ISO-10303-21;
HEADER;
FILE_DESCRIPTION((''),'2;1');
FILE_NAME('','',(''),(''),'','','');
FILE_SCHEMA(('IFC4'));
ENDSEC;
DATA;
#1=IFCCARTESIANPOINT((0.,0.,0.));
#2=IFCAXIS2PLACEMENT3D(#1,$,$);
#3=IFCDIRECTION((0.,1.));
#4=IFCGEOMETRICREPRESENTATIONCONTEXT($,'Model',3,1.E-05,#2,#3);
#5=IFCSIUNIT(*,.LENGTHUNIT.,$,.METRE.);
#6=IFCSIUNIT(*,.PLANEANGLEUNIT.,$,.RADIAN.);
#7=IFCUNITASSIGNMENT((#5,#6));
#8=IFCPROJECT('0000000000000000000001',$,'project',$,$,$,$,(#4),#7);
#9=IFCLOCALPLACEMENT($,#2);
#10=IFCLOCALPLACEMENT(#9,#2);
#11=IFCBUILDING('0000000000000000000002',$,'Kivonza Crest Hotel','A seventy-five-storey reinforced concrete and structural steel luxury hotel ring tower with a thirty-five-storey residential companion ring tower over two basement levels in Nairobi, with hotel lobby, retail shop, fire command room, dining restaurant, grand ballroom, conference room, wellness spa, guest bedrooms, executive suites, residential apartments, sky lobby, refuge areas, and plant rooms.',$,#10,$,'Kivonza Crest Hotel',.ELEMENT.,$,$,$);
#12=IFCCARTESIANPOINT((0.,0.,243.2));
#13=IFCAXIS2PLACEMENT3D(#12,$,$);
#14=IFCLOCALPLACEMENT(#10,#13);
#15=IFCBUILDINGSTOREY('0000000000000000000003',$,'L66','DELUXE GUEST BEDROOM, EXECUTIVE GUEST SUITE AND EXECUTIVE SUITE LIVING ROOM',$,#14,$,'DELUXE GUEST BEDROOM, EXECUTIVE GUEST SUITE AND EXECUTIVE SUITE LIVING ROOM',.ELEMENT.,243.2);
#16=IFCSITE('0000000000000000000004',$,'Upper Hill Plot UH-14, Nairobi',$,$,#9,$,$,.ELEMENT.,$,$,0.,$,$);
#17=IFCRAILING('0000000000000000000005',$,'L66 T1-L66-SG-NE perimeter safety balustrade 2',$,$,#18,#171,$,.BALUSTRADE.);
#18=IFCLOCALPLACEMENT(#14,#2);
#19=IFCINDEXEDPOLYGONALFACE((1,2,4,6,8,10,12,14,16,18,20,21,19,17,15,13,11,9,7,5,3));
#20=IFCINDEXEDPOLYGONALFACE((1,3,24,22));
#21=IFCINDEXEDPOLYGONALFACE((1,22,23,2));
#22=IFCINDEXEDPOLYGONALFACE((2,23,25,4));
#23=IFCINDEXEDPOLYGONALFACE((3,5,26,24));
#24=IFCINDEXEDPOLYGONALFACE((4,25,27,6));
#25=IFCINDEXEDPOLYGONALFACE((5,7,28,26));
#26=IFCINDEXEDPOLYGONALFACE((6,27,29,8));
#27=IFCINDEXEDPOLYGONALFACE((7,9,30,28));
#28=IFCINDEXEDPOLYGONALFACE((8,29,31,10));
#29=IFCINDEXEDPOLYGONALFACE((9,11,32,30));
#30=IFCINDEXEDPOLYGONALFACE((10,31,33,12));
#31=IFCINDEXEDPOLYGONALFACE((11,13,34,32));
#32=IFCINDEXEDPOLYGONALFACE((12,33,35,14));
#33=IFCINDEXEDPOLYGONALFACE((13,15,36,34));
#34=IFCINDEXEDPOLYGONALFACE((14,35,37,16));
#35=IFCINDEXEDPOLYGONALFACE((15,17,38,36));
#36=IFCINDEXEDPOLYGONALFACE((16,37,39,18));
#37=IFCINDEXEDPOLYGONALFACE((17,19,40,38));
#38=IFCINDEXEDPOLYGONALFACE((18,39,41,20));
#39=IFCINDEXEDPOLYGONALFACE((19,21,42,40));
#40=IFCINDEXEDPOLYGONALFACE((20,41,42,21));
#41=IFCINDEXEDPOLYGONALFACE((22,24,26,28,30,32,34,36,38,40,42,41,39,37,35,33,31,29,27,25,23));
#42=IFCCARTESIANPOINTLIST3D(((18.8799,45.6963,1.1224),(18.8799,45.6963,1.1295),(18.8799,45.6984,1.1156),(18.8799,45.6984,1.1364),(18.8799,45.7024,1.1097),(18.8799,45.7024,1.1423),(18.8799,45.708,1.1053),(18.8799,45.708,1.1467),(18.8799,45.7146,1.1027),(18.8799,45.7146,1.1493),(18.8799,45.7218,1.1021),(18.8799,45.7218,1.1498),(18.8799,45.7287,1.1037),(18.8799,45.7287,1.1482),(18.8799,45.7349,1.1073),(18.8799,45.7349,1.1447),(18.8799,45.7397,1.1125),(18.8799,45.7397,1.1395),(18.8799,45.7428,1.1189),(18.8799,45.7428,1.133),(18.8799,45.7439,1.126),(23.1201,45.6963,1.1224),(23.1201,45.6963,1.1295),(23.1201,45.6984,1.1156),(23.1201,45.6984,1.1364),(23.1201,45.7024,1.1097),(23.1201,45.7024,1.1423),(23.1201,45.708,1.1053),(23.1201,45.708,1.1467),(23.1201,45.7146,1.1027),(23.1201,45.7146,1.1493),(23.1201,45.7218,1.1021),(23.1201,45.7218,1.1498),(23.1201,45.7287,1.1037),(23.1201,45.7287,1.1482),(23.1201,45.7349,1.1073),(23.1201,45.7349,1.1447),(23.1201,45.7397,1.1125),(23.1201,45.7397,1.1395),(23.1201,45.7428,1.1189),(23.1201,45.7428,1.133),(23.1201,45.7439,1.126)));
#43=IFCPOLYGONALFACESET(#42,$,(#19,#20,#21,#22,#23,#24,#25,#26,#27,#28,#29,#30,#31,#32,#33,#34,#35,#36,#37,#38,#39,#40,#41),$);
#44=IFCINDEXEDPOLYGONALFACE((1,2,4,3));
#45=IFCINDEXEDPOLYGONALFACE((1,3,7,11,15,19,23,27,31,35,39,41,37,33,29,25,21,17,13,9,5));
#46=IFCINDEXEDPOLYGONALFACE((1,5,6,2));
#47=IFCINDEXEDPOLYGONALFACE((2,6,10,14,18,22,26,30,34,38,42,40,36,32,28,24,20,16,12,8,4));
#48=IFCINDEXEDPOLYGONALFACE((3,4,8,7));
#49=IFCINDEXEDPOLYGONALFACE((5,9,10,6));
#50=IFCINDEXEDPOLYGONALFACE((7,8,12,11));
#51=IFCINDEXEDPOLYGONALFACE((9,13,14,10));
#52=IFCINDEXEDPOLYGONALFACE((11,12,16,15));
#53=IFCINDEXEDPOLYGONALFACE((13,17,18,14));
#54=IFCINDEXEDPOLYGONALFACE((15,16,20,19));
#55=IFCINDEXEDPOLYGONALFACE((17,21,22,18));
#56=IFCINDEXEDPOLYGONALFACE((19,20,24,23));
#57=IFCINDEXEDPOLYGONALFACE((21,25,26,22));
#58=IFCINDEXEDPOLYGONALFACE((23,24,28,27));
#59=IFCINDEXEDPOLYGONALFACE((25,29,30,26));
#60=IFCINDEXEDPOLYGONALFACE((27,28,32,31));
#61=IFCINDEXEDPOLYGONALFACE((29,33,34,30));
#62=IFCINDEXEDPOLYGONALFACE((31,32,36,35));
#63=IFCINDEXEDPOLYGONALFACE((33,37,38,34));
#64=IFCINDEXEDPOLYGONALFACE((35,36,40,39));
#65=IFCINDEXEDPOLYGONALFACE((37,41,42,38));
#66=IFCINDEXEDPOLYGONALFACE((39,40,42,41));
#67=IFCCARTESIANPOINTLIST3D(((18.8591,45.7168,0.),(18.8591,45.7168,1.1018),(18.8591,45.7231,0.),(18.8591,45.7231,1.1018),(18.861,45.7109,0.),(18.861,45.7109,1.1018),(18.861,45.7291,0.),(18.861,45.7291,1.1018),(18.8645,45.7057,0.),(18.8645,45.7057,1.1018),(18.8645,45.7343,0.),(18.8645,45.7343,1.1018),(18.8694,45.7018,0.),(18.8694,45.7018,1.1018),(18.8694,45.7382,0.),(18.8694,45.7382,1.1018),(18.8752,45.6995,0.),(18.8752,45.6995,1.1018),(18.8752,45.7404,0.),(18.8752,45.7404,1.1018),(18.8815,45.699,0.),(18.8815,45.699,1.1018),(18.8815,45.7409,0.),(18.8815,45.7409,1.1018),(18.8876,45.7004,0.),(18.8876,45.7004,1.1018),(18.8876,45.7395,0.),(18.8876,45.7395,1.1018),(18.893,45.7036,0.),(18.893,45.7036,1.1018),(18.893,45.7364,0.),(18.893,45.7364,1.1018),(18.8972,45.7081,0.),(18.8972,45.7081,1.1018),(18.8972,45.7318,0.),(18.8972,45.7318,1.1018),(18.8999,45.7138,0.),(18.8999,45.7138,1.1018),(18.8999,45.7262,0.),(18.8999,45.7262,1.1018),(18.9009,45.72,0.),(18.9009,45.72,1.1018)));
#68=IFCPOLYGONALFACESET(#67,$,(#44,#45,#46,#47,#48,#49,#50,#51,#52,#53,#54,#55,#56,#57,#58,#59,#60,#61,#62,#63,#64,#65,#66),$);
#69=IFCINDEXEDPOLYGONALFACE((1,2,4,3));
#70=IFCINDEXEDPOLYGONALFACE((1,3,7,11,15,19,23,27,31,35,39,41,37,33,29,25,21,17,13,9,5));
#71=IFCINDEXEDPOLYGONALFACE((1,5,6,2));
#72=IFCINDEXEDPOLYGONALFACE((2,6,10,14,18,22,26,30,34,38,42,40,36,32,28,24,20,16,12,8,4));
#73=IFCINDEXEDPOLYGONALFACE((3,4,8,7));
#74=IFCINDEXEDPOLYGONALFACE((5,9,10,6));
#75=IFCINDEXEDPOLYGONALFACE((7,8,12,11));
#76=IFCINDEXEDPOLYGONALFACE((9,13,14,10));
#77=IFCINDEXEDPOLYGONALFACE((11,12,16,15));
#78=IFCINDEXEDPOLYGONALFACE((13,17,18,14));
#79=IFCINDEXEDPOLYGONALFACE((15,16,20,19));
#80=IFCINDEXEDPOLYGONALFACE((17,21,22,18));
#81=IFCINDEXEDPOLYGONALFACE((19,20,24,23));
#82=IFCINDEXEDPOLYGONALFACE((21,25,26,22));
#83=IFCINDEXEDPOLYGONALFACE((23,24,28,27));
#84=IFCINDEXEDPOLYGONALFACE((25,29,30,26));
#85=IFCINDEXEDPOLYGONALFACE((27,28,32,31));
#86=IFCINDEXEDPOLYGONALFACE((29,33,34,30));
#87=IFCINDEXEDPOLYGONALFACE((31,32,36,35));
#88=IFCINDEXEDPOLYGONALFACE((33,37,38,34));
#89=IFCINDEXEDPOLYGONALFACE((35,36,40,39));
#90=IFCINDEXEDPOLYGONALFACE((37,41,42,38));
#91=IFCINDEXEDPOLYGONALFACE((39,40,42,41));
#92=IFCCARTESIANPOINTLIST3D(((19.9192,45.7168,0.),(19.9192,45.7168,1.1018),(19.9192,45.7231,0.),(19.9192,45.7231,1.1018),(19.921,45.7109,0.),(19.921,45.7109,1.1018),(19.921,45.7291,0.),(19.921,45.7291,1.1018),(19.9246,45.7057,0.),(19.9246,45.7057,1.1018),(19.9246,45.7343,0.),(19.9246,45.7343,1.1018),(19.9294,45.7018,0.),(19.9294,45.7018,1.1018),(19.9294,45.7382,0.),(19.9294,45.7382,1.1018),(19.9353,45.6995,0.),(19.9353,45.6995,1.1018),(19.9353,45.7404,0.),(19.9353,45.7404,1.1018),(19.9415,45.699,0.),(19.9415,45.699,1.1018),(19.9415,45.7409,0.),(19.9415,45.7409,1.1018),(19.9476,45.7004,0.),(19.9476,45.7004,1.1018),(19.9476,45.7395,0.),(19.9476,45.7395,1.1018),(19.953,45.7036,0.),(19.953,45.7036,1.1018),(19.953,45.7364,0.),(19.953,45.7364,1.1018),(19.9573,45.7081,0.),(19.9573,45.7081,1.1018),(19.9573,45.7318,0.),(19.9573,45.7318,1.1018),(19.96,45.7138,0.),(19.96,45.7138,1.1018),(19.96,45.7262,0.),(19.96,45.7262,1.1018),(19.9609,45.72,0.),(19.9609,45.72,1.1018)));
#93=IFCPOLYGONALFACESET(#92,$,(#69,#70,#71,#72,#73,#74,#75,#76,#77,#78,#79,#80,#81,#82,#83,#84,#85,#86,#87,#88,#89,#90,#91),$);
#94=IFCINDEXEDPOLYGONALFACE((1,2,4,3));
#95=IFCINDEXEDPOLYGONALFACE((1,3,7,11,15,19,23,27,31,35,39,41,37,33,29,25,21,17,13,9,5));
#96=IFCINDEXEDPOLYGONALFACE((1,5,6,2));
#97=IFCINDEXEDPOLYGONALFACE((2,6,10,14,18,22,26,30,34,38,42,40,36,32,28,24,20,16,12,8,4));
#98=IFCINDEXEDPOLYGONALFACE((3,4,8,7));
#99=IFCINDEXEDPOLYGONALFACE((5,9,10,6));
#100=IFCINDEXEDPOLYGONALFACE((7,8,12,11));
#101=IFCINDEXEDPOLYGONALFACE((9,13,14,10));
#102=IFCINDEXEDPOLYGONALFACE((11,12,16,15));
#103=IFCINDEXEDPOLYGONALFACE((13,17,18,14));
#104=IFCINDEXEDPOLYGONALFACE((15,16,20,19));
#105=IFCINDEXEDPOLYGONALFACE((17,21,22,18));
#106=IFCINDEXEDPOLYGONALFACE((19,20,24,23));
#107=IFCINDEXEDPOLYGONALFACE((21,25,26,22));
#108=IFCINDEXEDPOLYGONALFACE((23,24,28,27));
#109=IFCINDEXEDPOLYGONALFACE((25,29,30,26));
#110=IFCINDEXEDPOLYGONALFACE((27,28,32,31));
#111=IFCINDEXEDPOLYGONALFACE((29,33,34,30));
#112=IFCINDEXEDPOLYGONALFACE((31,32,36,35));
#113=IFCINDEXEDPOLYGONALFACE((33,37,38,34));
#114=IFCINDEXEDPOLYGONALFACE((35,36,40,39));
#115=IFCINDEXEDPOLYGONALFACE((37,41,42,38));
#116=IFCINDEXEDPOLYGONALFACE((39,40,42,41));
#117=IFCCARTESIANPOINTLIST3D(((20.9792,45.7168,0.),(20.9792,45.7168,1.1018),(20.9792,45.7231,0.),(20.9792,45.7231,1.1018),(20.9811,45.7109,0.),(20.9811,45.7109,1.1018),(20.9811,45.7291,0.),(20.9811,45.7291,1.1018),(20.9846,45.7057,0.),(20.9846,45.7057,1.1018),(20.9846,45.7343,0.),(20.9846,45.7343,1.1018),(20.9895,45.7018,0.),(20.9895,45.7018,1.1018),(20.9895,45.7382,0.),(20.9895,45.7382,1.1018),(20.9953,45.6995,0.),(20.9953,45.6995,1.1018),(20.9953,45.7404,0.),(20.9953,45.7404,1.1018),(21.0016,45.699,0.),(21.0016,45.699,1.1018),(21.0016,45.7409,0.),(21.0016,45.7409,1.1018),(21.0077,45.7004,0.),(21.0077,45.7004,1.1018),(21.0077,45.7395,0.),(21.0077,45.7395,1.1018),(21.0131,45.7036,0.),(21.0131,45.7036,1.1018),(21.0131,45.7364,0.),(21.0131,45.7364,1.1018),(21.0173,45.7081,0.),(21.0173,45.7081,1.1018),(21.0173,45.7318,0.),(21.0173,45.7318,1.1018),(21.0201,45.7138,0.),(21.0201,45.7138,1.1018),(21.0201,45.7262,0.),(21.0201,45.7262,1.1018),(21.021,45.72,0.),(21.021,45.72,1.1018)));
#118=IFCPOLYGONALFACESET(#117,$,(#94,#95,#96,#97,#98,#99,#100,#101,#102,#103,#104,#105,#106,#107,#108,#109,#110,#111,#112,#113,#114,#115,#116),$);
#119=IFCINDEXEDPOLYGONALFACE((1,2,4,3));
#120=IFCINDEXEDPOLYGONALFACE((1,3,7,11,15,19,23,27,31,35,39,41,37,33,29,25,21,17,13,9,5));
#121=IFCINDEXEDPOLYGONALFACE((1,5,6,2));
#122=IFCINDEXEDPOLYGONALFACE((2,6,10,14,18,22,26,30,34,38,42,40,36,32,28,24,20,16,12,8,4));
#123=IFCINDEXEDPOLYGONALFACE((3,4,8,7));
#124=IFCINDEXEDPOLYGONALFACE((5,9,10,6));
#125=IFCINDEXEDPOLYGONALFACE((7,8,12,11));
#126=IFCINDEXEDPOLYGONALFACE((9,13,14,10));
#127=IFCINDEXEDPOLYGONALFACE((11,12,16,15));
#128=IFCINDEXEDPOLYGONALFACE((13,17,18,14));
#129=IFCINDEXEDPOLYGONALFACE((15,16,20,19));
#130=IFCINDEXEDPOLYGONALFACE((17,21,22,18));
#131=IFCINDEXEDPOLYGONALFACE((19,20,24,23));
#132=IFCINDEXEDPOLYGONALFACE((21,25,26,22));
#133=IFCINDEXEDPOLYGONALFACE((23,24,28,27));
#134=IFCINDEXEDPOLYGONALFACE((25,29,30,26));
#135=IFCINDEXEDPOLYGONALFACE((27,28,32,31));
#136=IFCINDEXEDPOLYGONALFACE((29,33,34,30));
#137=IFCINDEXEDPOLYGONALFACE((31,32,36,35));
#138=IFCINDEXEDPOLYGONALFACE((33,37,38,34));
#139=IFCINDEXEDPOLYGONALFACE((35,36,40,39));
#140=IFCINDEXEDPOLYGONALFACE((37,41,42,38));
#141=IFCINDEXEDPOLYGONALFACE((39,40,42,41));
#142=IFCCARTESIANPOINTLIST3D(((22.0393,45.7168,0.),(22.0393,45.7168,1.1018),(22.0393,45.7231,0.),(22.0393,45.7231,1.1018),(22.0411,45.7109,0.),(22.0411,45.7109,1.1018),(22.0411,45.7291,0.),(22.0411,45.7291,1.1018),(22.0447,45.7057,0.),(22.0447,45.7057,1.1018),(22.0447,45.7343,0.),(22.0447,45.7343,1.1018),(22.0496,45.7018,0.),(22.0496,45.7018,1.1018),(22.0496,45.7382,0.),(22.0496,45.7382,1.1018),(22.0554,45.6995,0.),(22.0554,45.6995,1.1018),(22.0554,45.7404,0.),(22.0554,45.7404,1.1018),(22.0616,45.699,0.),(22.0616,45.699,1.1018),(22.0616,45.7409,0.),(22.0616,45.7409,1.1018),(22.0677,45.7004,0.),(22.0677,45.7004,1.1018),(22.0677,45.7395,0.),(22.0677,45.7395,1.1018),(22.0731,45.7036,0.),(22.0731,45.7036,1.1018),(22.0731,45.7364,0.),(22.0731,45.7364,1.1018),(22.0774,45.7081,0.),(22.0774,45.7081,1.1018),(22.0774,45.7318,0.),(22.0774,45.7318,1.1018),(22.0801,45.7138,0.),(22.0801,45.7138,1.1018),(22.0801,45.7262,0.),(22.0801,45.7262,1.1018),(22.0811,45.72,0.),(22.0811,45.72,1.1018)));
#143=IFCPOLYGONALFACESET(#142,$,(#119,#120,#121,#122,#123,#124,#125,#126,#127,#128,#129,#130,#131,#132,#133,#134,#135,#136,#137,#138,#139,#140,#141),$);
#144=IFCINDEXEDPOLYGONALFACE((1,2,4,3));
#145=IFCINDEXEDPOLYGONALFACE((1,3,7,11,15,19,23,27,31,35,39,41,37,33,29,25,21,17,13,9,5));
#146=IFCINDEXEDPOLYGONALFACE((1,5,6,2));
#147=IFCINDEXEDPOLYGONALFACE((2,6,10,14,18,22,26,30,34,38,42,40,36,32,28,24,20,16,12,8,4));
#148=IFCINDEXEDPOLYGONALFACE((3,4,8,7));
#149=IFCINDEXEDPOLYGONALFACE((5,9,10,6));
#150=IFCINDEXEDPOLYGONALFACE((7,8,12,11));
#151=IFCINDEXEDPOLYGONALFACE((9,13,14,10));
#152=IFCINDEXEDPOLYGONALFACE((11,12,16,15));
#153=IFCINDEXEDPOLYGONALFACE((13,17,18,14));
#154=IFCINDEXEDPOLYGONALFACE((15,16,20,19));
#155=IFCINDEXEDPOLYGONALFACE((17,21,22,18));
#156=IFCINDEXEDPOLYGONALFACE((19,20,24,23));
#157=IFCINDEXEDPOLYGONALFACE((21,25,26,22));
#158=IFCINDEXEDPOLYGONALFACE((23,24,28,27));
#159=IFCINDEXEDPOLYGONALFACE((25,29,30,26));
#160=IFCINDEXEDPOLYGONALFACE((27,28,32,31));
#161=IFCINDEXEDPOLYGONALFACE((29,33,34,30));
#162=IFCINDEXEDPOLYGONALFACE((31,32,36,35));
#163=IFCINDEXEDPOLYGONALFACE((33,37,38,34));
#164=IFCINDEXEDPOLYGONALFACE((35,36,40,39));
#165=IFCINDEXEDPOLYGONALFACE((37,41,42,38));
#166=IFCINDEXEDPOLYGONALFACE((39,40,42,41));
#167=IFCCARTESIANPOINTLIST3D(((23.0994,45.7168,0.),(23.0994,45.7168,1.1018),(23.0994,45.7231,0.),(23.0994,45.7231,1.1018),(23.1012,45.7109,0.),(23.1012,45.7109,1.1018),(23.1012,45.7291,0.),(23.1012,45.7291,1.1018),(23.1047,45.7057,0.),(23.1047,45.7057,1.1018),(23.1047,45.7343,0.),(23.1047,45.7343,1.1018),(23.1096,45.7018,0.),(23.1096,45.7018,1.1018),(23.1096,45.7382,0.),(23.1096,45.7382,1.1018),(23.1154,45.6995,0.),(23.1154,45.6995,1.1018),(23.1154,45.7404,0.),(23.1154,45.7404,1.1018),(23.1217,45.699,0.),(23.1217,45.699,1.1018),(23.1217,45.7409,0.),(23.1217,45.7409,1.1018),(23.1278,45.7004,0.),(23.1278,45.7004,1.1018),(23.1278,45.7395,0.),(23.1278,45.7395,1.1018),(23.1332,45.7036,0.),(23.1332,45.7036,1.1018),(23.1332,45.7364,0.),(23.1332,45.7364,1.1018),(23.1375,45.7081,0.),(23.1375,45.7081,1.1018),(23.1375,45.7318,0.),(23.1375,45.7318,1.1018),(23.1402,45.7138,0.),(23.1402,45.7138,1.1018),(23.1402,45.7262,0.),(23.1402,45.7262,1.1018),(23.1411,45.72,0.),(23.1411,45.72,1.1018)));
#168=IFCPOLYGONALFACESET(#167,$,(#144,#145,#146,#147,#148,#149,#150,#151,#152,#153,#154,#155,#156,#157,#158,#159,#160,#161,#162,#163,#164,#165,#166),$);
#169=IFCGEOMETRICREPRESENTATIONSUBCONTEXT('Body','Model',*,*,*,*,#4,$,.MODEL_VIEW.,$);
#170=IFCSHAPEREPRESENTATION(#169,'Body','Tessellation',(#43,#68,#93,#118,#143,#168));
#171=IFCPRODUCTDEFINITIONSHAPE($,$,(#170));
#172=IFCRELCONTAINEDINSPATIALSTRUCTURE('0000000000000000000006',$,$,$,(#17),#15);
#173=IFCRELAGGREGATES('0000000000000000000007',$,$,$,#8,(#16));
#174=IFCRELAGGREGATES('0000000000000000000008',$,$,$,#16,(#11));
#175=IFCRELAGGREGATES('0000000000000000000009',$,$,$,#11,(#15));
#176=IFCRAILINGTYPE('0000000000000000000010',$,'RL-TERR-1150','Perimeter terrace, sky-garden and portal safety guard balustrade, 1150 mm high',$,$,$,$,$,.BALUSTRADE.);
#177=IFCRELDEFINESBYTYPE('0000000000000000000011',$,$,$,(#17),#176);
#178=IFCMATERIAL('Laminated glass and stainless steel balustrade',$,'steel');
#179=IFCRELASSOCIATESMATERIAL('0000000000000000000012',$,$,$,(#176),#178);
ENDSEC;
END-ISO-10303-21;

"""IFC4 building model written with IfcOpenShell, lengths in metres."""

from ifc_helpers import new_model, si_unit, direction, frame, origin, origin_2d, place, context, subcontext, project, spatial, circle, extrude, material, type_object, element, save


model = new_model("IFC4")

# Units and contexts
model_context = context("Model", 3, precision=1e-05, world=origin(), true_north=direction((0.0, 1.0)))
body_context = subcontext(model_context, "Body", "Model", "MODEL_VIEW")
ifc_project = project(units=[si_unit("LENGTHUNIT", "METRE"), si_unit("PLANEANGLEUNIT", "RADIAN")], contexts=[model_context])

# Site, building, storey
site_placement = place(None, origin())
site = spatial("IfcSite", under=ifc_project, at=site_placement, Name="Upper Hill Plot UH-14, Nairobi", CompositionType="ELEMENT", RefElevation=0.0)
building_placement = place(site_placement, origin())
building = spatial("IfcBuilding", under=site, at=building_placement, Name="Kivonza Crest Hotel", Description="A seventy-five-storey reinforced concrete and structural steel luxury hotel ring tower with a thirty-five-storey residential companion ring tower over two basement levels in Nairobi, with hotel lobby, retail shop, fire command room, dining restaurant, grand ballroom, conference room, wellness spa, guest bedrooms, executive suites, residential apartments, sky lobby, refuge areas, and plant rooms.", LongName="Kivonza Crest Hotel", CompositionType="ELEMENT")
storey_placement = place(building_placement, frame((0.0, 0.0, 243.2)))
storey = spatial("IfcBuildingStorey", under=building, at=storey_placement, Name="L66", Description="DELUXE GUEST BEDROOM, EXECUTIVE GUEST SUITE AND EXECUTIVE SUITE LIVING ROOM", LongName="DELUXE GUEST BEDROOM, EXECUTIVE GUEST SUITE AND EXECUTIVE SUITE LIVING ROOM", CompositionType="ELEMENT", Elevation=243.2)

# Railing
ifc_material_1 = material(Name="Laminated glass and stainless steel balustrade", Category="steel")
railing_type = type_object("IfcRailingType", Name="RL-TERR-1150", Description="Perimeter terrace, sky-garden and portal safety guard balustrade, 1150 mm high", PredefinedType="BALUSTRADE", material=ifc_material_1)
railing_1_placement = place(storey_placement, frame((18.8799, 45.72, 0.0)))
element("IfcRailing", 1, at=railing_1_placement, inside=storey, type_object=railing_type, Name="L66 T1-L66-SG-NE perimeter safety balustrade 2", PredefinedType="BALUSTRADE", context=body_context, shape_type="SweptSolid", body=[
    extrude(circle(Radius=0.0239, at=origin_2d()), frame((0.0, 0.0, 1.126), z_axis=(1.0, 0.0, 0.0), x_axis=(0.0, 1.0, 0.0)), (0.0, 0.0, 1.0), 4.2402),
    extrude(circle(Radius=0.021, at=origin_2d()), origin(), (0.0, 0.0, 1.0), 1.1018),
    extrude(circle(Radius=0.021, at=origin_2d()), frame((1.0601, 0.0, 0.0)), (0.0, 0.0, 1.0), 1.1018),
    extrude(circle(Radius=0.021, at=origin_2d()), frame((2.1201, 0.0, 0.0)), (0.0, 0.0, 1.0), 1.1018),
    extrude(circle(Radius=0.021, at=origin_2d()), frame((3.1802, 0.0, 0.0)), (0.0, 0.0, 1.0), 1.1018),
    extrude(circle(Radius=0.021, at=origin_2d()), frame((4.2402, 0.0, 0.0)), (0.0, 0.0, 1.0), 1.1018),
])

save(model, "model.ifc")
